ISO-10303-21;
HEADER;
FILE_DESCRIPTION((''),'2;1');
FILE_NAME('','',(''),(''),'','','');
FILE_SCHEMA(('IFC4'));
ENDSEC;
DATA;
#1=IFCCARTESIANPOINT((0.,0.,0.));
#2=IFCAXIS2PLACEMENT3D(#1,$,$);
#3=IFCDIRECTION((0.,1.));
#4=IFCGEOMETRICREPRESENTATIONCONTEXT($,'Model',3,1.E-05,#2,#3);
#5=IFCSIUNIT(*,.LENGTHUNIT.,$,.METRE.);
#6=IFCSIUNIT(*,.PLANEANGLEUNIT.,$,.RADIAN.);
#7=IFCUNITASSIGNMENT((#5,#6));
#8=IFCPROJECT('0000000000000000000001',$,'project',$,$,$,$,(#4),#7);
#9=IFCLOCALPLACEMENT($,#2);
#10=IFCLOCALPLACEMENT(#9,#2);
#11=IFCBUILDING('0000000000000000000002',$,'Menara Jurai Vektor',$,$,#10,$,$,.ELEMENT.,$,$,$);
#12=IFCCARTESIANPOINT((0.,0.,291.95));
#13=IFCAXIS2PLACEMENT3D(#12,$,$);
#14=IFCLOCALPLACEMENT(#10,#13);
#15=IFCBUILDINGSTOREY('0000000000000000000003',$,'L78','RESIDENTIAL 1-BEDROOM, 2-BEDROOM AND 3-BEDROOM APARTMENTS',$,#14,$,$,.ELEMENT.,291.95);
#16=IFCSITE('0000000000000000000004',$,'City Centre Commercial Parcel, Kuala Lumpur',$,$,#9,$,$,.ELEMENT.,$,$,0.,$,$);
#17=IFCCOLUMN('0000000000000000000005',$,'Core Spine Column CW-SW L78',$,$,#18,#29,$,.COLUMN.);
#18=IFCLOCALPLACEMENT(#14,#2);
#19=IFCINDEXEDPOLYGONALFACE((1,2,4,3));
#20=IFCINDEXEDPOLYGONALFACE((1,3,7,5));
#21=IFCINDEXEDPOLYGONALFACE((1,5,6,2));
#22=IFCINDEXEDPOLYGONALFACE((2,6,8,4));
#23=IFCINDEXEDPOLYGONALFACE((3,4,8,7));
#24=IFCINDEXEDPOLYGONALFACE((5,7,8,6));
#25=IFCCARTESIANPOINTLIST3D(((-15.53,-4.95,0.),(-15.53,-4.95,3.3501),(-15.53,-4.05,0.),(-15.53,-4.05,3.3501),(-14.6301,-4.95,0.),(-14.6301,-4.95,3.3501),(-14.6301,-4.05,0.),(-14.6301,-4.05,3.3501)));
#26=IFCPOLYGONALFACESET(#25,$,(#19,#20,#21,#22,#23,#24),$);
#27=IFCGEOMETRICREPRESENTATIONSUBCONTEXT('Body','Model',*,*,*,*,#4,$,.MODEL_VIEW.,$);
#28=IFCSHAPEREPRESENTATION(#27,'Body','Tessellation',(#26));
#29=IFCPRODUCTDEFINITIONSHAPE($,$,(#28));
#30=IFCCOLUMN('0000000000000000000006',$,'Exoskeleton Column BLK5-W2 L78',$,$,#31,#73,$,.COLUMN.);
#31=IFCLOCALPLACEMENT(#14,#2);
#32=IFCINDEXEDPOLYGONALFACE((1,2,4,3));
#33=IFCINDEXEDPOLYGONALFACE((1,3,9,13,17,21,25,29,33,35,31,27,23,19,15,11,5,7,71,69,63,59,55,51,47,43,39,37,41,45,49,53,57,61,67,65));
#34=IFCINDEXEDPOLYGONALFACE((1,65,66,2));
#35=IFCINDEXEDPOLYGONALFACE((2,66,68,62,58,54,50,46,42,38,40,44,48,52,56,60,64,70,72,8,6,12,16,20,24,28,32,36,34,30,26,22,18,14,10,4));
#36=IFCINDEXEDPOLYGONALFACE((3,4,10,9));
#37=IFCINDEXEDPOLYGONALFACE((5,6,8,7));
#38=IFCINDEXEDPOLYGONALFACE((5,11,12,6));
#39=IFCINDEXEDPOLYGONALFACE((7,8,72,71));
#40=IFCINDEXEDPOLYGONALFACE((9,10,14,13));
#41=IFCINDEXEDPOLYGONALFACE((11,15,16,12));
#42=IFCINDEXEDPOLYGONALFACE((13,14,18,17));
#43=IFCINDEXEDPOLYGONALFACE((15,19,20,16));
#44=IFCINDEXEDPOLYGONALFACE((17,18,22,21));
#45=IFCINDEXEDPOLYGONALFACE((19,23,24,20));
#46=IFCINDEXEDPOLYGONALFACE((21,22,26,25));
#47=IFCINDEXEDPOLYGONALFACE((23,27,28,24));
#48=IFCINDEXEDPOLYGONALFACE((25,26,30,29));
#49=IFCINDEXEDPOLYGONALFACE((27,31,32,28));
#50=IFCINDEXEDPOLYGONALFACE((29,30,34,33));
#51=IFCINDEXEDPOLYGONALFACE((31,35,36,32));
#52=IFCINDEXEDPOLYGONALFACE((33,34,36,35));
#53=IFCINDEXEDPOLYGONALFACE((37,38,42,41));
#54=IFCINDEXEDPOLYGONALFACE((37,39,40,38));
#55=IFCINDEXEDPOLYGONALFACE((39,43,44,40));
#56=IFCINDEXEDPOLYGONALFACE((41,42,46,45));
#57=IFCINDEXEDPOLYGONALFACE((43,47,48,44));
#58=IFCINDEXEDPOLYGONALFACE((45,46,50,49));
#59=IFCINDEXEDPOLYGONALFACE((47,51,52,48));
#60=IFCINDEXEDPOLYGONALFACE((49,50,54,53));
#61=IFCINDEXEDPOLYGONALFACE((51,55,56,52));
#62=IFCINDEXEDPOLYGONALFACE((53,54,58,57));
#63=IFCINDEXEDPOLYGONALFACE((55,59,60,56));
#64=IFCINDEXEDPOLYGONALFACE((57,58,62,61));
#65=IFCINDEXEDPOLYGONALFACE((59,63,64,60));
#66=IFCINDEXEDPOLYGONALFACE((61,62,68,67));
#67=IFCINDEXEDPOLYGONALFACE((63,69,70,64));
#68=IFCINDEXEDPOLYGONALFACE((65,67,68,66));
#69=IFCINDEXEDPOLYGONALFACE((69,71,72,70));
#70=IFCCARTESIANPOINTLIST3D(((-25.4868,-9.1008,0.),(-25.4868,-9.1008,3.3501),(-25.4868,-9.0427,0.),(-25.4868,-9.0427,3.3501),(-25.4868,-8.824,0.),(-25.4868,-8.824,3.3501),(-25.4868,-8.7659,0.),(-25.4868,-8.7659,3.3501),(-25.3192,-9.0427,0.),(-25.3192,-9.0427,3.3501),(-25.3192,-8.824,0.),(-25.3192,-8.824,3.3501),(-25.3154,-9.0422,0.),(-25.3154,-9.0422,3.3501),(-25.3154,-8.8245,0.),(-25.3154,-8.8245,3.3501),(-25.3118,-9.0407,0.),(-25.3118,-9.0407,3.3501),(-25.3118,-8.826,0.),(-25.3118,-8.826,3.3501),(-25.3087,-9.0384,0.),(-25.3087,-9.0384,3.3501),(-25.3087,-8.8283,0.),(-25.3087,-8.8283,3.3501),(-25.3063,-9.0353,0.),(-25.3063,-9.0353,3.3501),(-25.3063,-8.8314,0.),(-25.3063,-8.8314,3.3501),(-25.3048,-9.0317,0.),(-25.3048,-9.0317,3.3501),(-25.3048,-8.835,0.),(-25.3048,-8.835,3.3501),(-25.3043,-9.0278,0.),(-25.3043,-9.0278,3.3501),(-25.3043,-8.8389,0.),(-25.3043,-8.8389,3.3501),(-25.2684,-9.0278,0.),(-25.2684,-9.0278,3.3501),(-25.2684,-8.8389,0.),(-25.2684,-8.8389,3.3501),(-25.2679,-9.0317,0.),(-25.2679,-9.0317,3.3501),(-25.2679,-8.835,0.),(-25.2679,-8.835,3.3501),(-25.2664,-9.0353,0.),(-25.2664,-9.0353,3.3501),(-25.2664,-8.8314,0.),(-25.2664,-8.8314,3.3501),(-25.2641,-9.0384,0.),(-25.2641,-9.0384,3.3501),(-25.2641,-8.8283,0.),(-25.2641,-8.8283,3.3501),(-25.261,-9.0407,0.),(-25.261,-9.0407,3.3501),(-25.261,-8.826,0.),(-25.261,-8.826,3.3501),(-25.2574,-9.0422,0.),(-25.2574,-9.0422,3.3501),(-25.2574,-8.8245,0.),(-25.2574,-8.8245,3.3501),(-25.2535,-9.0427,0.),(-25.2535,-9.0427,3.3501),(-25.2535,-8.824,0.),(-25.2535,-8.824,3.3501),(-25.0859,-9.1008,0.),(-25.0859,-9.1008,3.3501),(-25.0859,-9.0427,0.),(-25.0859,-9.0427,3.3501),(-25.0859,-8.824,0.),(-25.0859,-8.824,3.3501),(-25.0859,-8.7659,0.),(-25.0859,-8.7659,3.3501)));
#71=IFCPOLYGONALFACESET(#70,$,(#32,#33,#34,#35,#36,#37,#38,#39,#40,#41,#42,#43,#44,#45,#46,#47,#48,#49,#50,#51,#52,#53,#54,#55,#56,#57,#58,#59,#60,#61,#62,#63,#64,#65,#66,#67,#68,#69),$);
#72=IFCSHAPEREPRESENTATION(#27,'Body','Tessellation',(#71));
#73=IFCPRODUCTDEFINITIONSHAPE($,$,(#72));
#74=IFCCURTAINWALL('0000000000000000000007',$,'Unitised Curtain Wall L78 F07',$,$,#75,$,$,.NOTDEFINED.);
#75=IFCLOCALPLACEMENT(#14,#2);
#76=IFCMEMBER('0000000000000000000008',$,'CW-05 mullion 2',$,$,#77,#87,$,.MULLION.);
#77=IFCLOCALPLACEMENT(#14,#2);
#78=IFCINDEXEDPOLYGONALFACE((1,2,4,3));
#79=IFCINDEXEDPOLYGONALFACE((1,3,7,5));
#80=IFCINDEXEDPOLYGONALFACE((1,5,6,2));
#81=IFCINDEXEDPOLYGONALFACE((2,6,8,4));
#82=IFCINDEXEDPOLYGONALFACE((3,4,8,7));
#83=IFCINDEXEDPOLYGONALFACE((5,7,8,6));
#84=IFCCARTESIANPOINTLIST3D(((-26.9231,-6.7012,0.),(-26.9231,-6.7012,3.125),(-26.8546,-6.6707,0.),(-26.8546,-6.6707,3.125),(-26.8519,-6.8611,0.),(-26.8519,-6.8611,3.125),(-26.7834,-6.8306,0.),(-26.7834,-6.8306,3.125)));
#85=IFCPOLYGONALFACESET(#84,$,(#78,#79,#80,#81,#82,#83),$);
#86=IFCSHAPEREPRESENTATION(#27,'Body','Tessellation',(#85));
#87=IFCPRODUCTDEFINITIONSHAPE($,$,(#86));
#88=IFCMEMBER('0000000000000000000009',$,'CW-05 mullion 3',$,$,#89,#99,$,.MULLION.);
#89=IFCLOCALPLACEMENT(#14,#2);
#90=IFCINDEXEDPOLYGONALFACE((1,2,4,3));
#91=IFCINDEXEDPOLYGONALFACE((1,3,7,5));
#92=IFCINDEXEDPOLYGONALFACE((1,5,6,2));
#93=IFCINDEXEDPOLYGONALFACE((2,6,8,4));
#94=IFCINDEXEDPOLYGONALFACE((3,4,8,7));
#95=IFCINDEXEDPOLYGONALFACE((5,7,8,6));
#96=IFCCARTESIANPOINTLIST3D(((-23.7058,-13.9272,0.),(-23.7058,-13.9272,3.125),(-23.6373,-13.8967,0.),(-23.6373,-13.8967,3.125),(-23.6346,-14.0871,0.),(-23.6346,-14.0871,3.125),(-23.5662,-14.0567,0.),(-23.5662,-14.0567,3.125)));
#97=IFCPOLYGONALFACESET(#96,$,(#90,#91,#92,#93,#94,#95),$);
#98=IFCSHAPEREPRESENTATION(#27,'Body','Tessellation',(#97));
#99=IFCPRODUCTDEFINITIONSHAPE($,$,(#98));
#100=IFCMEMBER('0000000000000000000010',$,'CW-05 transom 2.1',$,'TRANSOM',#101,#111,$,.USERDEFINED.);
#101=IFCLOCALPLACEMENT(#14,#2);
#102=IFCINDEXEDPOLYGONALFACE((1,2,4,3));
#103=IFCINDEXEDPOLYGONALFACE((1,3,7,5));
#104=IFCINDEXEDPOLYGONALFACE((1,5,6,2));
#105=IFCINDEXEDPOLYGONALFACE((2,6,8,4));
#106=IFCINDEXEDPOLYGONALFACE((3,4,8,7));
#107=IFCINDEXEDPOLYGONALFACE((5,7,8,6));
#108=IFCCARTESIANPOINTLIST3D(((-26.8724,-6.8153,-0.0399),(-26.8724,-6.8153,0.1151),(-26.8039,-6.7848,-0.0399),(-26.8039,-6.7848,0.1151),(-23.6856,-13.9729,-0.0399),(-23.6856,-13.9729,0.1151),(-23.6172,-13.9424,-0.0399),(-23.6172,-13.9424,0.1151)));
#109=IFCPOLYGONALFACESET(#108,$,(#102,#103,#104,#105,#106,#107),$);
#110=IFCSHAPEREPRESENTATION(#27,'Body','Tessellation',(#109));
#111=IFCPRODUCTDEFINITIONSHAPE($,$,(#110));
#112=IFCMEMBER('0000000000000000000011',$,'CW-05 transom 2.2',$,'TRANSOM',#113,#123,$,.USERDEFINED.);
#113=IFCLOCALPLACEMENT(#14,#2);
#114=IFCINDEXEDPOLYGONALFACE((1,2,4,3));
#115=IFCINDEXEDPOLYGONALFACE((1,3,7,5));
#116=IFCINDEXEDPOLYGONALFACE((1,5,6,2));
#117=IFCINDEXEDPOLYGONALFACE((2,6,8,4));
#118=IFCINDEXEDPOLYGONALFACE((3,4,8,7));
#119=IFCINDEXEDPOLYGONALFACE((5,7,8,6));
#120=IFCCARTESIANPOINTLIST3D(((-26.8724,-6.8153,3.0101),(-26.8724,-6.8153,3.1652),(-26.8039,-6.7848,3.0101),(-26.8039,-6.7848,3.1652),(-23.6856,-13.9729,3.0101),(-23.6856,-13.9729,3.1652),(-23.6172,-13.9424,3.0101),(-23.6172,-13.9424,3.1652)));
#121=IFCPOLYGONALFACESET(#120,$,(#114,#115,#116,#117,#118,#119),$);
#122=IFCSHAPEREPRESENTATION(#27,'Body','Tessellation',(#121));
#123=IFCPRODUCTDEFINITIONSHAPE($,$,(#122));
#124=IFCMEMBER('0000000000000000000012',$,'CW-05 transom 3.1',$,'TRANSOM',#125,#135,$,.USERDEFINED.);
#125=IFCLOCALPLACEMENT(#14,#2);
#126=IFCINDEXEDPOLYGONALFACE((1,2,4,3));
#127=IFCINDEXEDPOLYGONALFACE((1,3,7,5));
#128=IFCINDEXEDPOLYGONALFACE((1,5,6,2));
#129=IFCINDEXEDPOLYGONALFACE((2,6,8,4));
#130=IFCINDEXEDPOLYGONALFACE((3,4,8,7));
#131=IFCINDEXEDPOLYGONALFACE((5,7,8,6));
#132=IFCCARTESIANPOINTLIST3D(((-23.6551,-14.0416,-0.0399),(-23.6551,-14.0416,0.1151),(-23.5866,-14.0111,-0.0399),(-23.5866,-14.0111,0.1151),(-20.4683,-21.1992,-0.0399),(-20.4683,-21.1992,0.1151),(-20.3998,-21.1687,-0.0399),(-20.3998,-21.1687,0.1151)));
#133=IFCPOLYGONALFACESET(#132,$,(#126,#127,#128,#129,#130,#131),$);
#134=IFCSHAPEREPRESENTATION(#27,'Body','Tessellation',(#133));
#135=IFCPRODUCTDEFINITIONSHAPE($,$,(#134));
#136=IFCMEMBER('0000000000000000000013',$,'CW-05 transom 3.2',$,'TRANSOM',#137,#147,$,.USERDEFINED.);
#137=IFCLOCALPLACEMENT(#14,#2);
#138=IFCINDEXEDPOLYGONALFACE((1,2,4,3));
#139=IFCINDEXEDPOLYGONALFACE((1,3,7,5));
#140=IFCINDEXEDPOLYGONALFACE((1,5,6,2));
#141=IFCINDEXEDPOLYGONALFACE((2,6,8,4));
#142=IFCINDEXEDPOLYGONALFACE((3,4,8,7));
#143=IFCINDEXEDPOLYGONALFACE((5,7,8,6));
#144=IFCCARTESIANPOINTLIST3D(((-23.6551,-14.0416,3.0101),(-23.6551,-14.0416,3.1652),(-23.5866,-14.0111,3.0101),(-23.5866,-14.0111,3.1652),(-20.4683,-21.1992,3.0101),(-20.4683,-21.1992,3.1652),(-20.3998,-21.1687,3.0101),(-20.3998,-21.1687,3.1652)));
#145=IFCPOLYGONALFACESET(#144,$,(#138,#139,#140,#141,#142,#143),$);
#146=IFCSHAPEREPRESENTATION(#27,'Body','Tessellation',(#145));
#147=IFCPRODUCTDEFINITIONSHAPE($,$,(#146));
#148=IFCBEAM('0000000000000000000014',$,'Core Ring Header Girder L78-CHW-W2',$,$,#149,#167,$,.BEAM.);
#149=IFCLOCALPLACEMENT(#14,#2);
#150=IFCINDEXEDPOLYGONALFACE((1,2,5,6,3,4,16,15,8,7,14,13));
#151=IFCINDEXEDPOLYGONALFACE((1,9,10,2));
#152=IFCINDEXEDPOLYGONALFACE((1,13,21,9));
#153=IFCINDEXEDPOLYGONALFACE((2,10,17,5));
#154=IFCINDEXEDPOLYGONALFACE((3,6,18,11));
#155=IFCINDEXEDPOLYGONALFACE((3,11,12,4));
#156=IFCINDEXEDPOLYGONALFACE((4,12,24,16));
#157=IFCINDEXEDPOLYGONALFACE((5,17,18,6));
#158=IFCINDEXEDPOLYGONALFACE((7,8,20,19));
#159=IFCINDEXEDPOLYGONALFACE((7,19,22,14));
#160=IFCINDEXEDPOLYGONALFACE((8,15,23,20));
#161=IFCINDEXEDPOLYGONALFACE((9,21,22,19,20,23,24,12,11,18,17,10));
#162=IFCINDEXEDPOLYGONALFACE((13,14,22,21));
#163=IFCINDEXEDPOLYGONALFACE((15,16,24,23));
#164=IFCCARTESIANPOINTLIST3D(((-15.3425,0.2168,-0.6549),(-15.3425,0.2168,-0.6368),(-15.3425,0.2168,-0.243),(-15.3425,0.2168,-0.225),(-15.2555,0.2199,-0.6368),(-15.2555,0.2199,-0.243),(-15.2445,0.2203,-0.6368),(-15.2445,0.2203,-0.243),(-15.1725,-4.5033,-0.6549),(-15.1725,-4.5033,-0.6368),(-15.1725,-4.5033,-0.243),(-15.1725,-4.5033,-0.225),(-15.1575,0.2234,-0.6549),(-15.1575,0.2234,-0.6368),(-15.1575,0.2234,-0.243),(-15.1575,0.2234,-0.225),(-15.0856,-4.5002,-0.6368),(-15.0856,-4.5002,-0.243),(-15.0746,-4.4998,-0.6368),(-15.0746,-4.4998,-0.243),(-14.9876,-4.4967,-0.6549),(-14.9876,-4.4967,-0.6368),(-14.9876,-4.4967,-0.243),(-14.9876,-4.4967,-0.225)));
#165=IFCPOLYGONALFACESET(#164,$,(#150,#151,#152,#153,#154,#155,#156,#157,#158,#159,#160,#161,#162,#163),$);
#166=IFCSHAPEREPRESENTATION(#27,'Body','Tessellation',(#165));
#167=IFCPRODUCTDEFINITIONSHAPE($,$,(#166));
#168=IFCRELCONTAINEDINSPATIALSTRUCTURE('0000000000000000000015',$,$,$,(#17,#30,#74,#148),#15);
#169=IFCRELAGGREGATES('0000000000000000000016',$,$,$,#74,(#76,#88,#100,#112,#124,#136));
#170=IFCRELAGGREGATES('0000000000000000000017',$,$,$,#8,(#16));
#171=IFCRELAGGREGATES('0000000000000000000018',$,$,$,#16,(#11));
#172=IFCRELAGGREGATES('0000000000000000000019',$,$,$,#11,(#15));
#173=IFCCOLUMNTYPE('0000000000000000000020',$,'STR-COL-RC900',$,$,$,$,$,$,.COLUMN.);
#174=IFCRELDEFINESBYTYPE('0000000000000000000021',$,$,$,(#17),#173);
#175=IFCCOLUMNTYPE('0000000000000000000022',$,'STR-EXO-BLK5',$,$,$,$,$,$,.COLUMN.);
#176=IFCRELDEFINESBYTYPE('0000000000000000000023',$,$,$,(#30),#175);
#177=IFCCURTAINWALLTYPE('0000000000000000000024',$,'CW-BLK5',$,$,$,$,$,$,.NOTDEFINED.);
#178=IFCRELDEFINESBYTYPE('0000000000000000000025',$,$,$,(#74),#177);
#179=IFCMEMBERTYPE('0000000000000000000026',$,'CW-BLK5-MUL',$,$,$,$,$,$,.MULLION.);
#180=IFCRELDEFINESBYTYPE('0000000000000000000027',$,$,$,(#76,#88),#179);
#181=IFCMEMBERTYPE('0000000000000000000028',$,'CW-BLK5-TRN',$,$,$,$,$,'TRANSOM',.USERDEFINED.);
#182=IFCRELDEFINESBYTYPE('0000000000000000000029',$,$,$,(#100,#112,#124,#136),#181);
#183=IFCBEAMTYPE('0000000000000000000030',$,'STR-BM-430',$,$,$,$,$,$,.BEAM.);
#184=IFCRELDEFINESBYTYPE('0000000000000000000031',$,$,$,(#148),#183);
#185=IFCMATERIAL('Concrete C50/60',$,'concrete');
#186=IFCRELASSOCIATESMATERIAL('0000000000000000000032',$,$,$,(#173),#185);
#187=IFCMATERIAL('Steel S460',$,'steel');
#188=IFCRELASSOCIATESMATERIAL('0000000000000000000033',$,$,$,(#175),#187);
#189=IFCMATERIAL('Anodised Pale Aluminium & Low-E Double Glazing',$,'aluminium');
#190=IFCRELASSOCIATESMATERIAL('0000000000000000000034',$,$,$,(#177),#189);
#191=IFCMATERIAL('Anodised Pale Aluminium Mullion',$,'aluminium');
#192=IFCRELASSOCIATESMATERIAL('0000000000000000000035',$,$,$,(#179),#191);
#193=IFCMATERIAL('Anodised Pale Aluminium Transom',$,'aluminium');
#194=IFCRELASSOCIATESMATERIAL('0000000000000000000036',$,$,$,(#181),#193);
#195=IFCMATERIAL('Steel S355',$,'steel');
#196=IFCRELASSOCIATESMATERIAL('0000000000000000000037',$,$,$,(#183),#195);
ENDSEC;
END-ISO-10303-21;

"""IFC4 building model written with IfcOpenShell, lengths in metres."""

from ifc_helpers import new_model, si_unit, direction, frame, origin, origin_2d, place, context, subcontext, project, spatial, rectangle, i_section, extrude, material, material_profile, profile_set, type_object, element, aggregate, save


model = new_model("IFC4")

# Units and contexts
model_context = context("Model", 3, precision=1e-05, world=origin(), true_north=direction((0.0, 1.0)))
body_context = subcontext(model_context, "Body", "Model", "MODEL_VIEW")
ifc_project = project(units=[si_unit("LENGTHUNIT", "METRE"), si_unit("PLANEANGLEUNIT", "RADIAN")], contexts=[model_context])

# Site, building, storey
site_placement = place(None, origin())
site = spatial("IfcSite", under=ifc_project, at=site_placement, Name="City Centre Commercial Parcel, Kuala Lumpur", CompositionType="ELEMENT", RefElevation=0.0)
building_placement = place(site_placement, origin())
building = spatial("IfcBuilding", under=site, at=building_placement, Name="Menara Jurai Vektor", CompositionType="ELEMENT")
storey_placement = place(building_placement, frame((0.0, 0.0, 291.95)))
storey = spatial("IfcBuildingStorey", under=building, at=storey_placement, Name="L78", Description="RESIDENTIAL 1-BEDROOM, 2-BEDROOM AND 3-BEDROOM APARTMENTS", CompositionType="ELEMENT", Elevation=291.95)

# Columns
ifc_material_1 = material(Name="Concrete C50/60", Category="concrete")
ifc_material_profile_1 = material_profile(ifc_material_1, rectangle(XDim=0.8999, YDim=0.8999, at=origin_2d()), Name="RC 900x900")
ifc_profile_set_1 = profile_set([ifc_material_profile_1], Name="Concrete C50/60")
column_type_1 = type_object("IfcColumnType", Name="STR-COL-RC900", PredefinedType="COLUMN", material=ifc_profile_set_1)
column_1_placement = place(storey_placement, frame((-15.0801, -4.5, 0.0), z_axis=(0.0, 0.0, 1.0), x_axis=(1.0, 0.0, 0.0)))
element("IfcColumn", 1, at=column_1_placement, inside=storey, type_object=column_type_1, Name="Core Spine Column CW-SW L78", PredefinedType="COLUMN", context=body_context, shape_type="SweptSolid", body=[
    extrude(rectangle(XDim=0.8999, YDim=0.8999, at=origin_2d()), origin(), (0.0, 0.0, 1.0), 3.3501),
])
ifc_material_2 = material(Name="Steel S460", Category="steel")
ifc_material_profile_2 = material_profile(ifc_material_2, i_section(OverallWidth=0.4009, OverallDepth=0.335, WebThickness=0.0359, FlangeThickness=0.0581, FilletRadius=0.0149, at=origin_2d()), Name="HD 400x463")
ifc_profile_set_2 = profile_set([ifc_material_profile_2], Name="Steel S460")
column_type_2 = type_object("IfcColumnType", Name="STR-EXO-BLK5", PredefinedType="COLUMN", material=ifc_profile_set_2)
column_2_placement = place(storey_placement, frame((-25.2864, -8.9333, 0.0), z_axis=(0.0, 0.0, 1.0), x_axis=(1.0, 0.0, 0.0)))
element("IfcColumn", 2, at=column_2_placement, inside=storey, type_object=column_type_2, Name="Exoskeleton Column BLK5-W2 L78", PredefinedType="COLUMN", context=body_context, shape_type="SweptSolid", body=[
    extrude(i_section(OverallWidth=0.4009, OverallDepth=0.335, WebThickness=0.0359, FlangeThickness=0.0581, FilletRadius=0.0149, at=origin_2d()), origin(), (0.0, 0.0, 1.0), 3.3501),
])

# Curtain wall, members
ifc_material_3 = material(Name="Anodised Pale Aluminium & Low-E Double Glazing", Category="aluminium")
curtain_wall_type = type_object("IfcCurtainWallType", Name="CW-BLK5", PredefinedType="NOTDEFINED", material=ifc_material_3)
curtain_wall_placement = place(storey_placement, origin())
curtain_wall = element("IfcCurtainWall", 3, at=curtain_wall_placement, inside=storey, type_object=curtain_wall_type, Name="Unitised Curtain Wall L78 F07", PredefinedType="NOTDEFINED")
ifc_material_4 = material(Name="Anodised Pale Aluminium Mullion", Category="aluminium")
ifc_material_profile_3 = material_profile(ifc_material_4, rectangle(XDim=0.075, YDim=0.175, at=origin_2d()), Name="ALU MUL 75x175")
ifc_profile_set_3 = profile_set([ifc_material_profile_3], Name="Anodised Pale Aluminium Mullion")
member_type_1 = type_object("IfcMemberType", Name="CW-BLK5-MUL", PredefinedType="MULLION", material=ifc_profile_set_3)
member_1_placement = place(storey_placement, frame((-26.8533, -6.7659, 0.0), z_axis=(0.0, 0.0, 1.0), x_axis=(0.913546, 0.406735, 0.0)))
member_1 = element("IfcMember", 4, at=member_1_placement, type_object=member_type_1, Name="CW-05 mullion 2", PredefinedType="MULLION", context=body_context, shape_type="SweptSolid", body=[
    extrude(rectangle(XDim=0.075, YDim=0.175, at=origin_2d()), origin(), (0.0, 0.0, 1.0), 3.125),
])
member_2_placement = place(storey_placement, frame((-23.636, -13.9919, 0.0), z_axis=(0.0, 0.0, 1.0), x_axis=(0.913546, 0.406735, 0.0)))
member_2 = element("IfcMember", 5, at=member_2_placement, type_object=member_type_1, Name="CW-05 mullion 3", PredefinedType="MULLION", context=body_context, shape_type="SweptSolid", body=[
    extrude(rectangle(XDim=0.075, YDim=0.175, at=origin_2d()), origin(), (0.0, 0.0, 1.0), 3.125),
])
ifc_material_5 = material(Name="Anodised Pale Aluminium Transom", Category="aluminium")
ifc_material_profile_4 = material_profile(ifc_material_5, rectangle(XDim=0.075, YDim=0.155, at=origin_2d()), Name="ALU TRN 75x155")
ifc_profile_set_4 = profile_set([ifc_material_profile_4], Name="Anodised Pale Aluminium Transom")
member_type_2 = type_object("IfcMemberType", Name="CW-BLK5-TRN", ElementType="TRANSOM", PredefinedType="USERDEFINED", material=ifc_profile_set_4)
member_3_placement = place(storey_placement, frame((-26.8381, -6.8, 0.0376), z_axis=(0.406731, -0.913548, 0.0), x_axis=(0.913548, 0.406731, 0.0)))
member_3 = element("IfcMember", 6, at=member_3_placement, type_object=member_type_2, Name="CW-05 transom 2.1", ObjectType="TRANSOM", PredefinedType="USERDEFINED", context=body_context, shape_type="SweptSolid", body=[
    extrude(rectangle(XDim=0.075, YDim=0.155, at=origin_2d()), origin(), (0.0, 0.0, 1.0), 7.835),
])
member_4_placement = place(storey_placement, frame((-26.8381, -6.8, 3.0876), z_axis=(0.406731, -0.913548, 0.0), x_axis=(0.913548, 0.406731, 0.0)))
member_4 = element("IfcMember", 7, at=member_4_placement, type_object=member_type_2, Name="CW-05 transom 2.2", ObjectType="TRANSOM", PredefinedType="USERDEFINED", context=body_context, shape_type="SweptSolid", body=[
    extrude(rectangle(XDim=0.075, YDim=0.155, at=origin_2d()), origin(), (0.0, 0.0, 1.0), 7.835),
])
member_5_placement = place(storey_placement, frame((-23.6208, -14.0264, 0.0376), z_axis=(0.406743, -0.913543, 0.0), x_axis=(0.913543, 0.406743, 0.0)))
member_5 = element("IfcMember", 8, at=member_5_placement, type_object=member_type_2, Name="CW-05 transom 3.1", ObjectType="TRANSOM", PredefinedType="USERDEFINED", context=body_context, shape_type="SweptSolid", body=[
    extrude(rectangle(XDim=0.075, YDim=0.155, at=origin_2d()), origin(), (0.0, 0.0, 1.0), 7.835),
])
member_6_placement = place(storey_placement, frame((-23.6208, -14.0264, 3.0876), z_axis=(0.406743, -0.913543, 0.0), x_axis=(0.913543, 0.406743, 0.0)))
member_6 = element("IfcMember", 9, at=member_6_placement, type_object=member_type_2, Name="CW-05 transom 3.2", ObjectType="TRANSOM", PredefinedType="USERDEFINED", context=body_context, shape_type="SweptSolid", body=[
    extrude(rectangle(XDim=0.075, YDim=0.155, at=origin_2d()), origin(), (0.0, 0.0, 1.0), 7.835),
])

# Beam
ifc_material_6 = material(Name="Steel S355", Category="steel")
ifc_material_profile_5 = material_profile(ifc_material_6, i_section(OverallWidth=0.1851, OverallDepth=0.4299, WebThickness=0.011, FlangeThickness=0.0181, at=origin_2d()), Name="PG 430x185x76")
ifc_profile_set_5 = profile_set([ifc_material_profile_5], Name="Steel S355")
beam_type_1 = type_object("IfcBeamType", Name="STR-BM-430", PredefinedType="BEAM", material=ifc_profile_set_5)
beam_1_placement = place(storey_placement, frame((-15.0801, -4.5, -0.4399), z_axis=(-0.035977, 0.999353, 0.0), x_axis=(-0.999353, -0.035977, 0.0)))
element("IfcBeam", 10, at=beam_1_placement, inside=storey, type_object=beam_type_1, Name="Core Ring Header Girder L78-CHW-W2", PredefinedType="BEAM", context=body_context, shape_type="SweptSolid", body=[
    extrude(i_section(OverallWidth=0.1851, OverallDepth=0.4299, WebThickness=0.011, FlangeThickness=0.0181, at=origin_2d()), origin(), (0.0, 0.0, 1.0), 4.7231),
])

aggregate(curtain_wall, [member_1, member_2, member_3, member_4, member_5, member_6])

save(model, "model.ifc")
